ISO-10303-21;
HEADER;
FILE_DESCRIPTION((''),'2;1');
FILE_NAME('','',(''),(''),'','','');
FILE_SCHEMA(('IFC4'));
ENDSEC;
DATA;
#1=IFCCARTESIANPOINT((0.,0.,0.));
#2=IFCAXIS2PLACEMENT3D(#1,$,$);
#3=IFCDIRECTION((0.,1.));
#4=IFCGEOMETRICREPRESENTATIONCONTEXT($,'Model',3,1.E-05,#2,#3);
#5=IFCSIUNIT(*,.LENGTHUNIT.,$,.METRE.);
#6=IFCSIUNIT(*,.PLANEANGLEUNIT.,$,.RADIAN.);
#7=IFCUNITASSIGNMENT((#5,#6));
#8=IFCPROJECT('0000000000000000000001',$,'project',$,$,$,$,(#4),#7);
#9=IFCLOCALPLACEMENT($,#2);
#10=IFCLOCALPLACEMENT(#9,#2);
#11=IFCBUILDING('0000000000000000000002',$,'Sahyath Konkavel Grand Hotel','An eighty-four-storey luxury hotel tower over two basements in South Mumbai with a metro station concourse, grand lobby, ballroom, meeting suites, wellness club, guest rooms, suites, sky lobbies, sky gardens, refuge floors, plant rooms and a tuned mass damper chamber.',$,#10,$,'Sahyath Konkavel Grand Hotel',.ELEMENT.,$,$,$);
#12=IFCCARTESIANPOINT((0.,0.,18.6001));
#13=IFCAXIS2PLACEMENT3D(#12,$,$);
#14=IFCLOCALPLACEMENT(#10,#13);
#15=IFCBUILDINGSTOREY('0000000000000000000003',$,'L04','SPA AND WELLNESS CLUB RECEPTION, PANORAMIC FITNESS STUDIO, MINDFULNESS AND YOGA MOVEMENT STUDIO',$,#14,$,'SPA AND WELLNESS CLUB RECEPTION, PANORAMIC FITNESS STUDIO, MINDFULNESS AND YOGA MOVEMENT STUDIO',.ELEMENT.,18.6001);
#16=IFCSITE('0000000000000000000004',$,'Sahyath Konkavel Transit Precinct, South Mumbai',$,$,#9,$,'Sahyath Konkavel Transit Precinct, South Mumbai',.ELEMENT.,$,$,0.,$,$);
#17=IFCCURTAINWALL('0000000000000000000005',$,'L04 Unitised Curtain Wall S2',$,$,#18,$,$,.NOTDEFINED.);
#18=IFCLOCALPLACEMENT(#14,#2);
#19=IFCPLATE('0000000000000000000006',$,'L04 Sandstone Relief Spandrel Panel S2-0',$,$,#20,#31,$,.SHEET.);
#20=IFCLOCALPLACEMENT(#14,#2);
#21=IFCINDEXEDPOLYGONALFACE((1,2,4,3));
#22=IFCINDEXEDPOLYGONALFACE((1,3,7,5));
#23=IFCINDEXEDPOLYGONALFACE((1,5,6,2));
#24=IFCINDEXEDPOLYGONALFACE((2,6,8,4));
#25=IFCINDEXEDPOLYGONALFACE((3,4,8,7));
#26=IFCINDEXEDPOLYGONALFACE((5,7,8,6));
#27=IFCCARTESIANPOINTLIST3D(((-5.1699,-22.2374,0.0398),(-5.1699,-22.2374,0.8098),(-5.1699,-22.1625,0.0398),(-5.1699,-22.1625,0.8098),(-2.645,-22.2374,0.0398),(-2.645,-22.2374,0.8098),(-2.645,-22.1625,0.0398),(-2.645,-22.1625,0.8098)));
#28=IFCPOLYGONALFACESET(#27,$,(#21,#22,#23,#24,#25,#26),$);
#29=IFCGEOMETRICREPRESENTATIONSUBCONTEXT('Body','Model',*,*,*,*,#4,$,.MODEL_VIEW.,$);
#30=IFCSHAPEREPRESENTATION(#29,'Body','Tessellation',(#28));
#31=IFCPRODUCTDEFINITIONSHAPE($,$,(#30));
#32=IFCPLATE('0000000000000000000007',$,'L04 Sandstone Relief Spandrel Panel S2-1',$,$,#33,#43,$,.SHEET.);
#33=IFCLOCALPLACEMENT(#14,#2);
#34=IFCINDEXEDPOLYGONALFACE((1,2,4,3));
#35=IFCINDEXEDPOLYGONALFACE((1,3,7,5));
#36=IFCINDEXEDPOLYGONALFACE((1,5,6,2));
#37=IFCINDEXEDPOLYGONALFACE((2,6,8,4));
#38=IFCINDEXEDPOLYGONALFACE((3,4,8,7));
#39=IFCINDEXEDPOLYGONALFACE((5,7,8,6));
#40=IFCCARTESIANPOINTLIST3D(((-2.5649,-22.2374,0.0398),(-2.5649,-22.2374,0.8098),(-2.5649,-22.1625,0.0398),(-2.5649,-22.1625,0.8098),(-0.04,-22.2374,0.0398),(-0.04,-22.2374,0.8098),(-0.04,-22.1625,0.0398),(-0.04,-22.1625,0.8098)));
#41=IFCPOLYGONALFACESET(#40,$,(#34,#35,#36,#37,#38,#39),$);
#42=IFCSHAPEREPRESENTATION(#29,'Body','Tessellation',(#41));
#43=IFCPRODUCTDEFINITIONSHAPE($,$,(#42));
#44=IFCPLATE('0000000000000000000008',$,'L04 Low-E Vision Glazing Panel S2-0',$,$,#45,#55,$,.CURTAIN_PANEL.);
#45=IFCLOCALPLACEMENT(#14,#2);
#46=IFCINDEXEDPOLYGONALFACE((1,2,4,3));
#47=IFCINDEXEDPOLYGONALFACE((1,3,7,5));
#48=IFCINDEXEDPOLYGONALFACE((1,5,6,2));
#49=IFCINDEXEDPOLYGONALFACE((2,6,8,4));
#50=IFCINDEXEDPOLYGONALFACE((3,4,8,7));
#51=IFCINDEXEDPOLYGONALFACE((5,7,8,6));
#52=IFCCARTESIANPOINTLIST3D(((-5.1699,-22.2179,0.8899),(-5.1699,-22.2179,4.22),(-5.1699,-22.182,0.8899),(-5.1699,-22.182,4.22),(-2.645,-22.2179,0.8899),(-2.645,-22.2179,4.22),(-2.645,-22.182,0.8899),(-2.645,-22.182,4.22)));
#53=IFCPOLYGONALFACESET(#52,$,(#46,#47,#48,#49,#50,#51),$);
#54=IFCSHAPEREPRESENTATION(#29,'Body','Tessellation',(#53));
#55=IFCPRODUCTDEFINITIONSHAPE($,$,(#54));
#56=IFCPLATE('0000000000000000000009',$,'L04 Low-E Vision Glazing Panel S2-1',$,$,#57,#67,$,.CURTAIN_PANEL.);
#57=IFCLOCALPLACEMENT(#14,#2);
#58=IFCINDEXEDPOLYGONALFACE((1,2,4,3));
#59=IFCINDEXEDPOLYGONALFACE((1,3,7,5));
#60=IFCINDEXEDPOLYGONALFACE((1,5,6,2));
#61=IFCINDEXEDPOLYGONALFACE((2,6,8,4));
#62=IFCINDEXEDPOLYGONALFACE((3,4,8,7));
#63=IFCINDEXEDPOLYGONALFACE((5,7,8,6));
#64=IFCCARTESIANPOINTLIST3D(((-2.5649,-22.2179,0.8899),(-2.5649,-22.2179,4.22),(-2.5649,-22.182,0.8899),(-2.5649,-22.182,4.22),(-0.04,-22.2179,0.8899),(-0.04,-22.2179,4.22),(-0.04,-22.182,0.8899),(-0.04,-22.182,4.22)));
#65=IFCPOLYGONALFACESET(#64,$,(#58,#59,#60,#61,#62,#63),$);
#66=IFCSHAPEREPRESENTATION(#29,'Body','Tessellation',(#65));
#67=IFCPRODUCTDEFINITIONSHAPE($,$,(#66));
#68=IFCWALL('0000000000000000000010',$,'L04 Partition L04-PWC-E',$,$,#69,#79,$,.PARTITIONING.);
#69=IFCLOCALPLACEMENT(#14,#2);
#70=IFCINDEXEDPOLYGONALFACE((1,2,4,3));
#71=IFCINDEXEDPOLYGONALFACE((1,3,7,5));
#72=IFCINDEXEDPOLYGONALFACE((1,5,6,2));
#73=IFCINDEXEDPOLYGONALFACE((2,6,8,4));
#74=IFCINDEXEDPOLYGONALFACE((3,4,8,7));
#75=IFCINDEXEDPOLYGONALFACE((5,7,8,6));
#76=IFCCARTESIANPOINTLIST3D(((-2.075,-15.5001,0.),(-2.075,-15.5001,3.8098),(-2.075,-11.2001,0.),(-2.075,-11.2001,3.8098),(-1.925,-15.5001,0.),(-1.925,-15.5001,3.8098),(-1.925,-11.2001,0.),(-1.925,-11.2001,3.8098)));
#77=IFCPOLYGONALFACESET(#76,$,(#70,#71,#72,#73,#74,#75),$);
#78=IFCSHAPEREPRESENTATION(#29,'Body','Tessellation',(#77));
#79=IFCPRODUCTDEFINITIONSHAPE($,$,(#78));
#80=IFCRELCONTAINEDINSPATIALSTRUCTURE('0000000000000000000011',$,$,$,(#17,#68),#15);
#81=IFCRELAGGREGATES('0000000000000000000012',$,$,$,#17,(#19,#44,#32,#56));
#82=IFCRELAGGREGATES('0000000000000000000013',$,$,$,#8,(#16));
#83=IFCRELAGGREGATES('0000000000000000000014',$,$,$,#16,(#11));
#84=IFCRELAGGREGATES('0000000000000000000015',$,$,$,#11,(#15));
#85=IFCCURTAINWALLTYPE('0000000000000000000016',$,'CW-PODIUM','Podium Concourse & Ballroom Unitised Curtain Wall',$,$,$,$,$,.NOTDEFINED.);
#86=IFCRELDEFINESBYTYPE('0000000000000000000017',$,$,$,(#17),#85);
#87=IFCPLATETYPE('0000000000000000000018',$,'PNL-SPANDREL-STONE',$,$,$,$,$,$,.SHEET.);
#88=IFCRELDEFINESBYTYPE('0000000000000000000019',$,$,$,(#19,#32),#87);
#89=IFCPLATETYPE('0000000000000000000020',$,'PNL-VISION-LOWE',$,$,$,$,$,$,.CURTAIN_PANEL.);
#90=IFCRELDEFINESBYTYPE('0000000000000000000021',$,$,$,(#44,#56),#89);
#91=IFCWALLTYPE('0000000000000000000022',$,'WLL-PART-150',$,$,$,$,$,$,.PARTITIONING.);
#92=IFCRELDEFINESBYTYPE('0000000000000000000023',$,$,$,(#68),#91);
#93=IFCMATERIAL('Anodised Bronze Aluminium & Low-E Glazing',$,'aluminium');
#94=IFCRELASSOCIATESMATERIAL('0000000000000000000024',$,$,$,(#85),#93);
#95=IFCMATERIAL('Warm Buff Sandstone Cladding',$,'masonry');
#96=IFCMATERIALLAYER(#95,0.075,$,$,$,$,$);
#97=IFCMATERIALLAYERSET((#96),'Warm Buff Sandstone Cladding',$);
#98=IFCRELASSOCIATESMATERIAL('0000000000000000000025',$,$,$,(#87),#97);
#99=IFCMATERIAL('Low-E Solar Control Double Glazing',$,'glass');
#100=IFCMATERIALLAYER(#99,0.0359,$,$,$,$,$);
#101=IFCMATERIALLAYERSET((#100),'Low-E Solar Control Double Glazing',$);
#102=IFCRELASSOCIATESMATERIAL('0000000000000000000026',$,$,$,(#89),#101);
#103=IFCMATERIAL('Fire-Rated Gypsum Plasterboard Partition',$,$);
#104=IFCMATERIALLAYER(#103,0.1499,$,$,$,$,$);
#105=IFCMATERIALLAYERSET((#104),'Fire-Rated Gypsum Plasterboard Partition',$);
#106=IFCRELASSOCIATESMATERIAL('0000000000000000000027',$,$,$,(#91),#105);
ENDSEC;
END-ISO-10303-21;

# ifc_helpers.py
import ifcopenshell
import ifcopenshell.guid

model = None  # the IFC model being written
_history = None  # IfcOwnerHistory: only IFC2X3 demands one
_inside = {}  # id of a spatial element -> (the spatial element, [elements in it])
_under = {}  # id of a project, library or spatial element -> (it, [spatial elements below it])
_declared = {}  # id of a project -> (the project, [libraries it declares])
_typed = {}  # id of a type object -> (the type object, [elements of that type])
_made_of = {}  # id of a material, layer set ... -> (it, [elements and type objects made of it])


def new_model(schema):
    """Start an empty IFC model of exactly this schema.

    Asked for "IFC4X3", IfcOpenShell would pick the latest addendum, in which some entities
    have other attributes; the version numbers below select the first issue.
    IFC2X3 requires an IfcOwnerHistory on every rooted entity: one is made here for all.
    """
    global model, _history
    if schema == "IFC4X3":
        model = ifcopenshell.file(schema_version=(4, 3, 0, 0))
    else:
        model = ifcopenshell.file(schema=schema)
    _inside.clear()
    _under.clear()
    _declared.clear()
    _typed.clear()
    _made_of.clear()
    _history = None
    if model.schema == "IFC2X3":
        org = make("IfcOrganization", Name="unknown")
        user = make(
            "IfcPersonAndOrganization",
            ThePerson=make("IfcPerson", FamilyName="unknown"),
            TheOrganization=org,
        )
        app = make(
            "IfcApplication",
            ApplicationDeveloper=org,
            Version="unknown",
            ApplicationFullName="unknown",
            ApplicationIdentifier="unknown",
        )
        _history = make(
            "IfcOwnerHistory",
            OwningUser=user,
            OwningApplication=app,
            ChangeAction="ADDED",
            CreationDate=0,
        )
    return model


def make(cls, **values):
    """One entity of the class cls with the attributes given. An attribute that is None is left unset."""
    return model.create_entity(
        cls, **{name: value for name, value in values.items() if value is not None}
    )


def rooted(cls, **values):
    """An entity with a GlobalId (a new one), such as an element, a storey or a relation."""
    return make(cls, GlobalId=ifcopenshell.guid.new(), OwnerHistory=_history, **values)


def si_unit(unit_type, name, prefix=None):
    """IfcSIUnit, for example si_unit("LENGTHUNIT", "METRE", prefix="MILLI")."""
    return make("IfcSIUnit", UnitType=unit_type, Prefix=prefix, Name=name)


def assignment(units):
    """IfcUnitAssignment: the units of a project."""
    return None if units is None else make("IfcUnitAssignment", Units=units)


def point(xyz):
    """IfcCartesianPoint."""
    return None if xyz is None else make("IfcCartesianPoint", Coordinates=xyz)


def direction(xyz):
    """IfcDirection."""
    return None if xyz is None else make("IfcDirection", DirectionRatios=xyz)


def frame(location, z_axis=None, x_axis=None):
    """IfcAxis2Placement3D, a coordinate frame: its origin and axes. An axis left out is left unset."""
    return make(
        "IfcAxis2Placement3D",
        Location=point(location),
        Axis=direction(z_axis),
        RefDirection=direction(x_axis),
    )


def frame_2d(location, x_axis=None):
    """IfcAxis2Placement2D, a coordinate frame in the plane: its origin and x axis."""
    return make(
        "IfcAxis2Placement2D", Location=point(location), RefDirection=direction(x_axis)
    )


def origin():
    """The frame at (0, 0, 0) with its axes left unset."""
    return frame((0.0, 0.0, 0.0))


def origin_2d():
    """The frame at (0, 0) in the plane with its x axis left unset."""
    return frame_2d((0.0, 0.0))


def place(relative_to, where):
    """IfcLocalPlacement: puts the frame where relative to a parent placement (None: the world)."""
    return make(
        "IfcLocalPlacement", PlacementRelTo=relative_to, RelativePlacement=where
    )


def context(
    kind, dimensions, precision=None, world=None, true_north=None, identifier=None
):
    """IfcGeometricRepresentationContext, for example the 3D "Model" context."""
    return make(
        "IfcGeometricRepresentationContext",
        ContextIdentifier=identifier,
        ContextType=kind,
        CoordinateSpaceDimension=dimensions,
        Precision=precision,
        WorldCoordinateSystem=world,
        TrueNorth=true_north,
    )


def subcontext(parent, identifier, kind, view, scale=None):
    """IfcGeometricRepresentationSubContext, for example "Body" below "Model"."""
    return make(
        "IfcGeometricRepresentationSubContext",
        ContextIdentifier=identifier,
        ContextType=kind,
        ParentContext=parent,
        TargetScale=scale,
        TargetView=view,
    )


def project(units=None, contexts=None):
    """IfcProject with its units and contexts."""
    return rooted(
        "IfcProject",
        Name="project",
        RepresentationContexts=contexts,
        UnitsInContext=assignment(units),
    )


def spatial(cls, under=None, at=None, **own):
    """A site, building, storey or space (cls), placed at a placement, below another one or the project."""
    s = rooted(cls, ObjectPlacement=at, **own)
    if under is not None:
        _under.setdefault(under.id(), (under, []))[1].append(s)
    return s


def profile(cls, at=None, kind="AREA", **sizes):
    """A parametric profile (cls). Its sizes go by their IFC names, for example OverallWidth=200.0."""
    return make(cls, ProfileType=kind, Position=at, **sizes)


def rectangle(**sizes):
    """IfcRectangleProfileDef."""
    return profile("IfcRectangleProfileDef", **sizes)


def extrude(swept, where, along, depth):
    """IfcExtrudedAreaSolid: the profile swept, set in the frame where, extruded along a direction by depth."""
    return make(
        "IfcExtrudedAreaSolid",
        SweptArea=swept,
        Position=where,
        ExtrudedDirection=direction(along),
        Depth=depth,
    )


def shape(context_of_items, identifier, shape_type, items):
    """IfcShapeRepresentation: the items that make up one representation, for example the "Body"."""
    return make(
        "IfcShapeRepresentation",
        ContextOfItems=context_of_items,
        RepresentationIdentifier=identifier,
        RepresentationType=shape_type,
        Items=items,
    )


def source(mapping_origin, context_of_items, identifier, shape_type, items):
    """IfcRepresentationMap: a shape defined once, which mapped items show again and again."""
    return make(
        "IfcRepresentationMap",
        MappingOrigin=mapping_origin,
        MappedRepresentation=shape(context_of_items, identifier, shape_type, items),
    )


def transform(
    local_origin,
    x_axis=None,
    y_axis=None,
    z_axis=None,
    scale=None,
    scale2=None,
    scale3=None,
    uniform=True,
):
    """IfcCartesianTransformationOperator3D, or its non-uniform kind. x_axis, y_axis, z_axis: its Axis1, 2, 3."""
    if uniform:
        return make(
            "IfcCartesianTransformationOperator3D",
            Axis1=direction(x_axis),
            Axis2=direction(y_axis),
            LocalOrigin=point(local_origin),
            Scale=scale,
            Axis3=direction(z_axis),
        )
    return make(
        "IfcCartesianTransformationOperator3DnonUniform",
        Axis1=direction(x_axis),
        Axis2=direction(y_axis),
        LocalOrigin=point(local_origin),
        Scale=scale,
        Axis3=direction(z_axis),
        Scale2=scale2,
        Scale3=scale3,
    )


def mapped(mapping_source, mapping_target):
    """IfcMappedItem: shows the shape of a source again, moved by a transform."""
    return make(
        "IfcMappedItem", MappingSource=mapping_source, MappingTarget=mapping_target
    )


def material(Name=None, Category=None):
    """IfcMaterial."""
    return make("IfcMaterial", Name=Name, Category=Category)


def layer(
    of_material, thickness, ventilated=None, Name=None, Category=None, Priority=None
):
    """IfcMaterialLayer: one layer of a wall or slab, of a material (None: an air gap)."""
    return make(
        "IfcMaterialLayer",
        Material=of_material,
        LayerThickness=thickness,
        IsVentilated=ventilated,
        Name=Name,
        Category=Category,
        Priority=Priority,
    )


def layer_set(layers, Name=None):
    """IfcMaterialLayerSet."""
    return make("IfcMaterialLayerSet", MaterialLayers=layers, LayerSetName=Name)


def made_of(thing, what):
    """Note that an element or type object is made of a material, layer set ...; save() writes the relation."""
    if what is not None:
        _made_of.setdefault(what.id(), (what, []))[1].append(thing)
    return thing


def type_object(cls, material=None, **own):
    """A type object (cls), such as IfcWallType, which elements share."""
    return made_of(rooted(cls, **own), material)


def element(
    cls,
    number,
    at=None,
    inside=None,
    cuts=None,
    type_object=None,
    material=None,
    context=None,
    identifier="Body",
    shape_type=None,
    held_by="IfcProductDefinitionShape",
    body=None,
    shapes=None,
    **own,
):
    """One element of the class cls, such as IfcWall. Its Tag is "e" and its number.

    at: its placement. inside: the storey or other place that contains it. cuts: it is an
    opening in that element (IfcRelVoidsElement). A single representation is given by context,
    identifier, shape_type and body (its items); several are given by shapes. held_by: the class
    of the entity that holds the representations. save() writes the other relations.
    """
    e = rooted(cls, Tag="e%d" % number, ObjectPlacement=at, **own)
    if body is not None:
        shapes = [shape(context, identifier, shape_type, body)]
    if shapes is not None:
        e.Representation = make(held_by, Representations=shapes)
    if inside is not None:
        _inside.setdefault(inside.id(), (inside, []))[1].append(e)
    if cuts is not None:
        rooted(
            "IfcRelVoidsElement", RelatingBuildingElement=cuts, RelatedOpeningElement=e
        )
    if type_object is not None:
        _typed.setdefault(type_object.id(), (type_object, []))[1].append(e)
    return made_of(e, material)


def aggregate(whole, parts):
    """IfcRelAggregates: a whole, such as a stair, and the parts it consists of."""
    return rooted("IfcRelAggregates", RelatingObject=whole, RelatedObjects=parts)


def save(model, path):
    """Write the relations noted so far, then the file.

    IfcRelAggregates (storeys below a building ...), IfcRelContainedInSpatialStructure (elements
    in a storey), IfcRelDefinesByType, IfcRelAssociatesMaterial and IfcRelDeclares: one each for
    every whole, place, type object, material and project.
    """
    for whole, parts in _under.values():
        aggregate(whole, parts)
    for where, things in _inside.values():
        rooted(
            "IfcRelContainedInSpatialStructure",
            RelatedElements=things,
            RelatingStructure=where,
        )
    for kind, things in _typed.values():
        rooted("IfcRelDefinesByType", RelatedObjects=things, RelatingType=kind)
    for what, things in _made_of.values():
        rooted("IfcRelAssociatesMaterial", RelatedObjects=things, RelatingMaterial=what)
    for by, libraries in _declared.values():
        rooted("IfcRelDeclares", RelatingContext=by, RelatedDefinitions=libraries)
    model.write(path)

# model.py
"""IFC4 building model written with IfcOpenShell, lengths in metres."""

from ifc_helpers import new_model, si_unit, direction, frame, frame_2d, origin, origin_2d, place, context, subcontext, project, spatial, rectangle, extrude, source, transform, mapped, material, layer, layer_set, type_object, element, aggregate, save


model = new_model("IFC4")

# Units and contexts
model_context = context("Model", 3, precision=1e-05, world=origin(), true_north=direction((0.0, 1.0)))
body_context = subcontext(model_context, "Body", "Model", "MODEL_VIEW")
ifc_project = project(units=[si_unit("LENGTHUNIT", "METRE"), si_unit("PLANEANGLEUNIT", "RADIAN")], contexts=[model_context])

# Site, building, storey
site_placement = place(None, origin())
site = spatial("IfcSite", under=ifc_project, at=site_placement, Name="Sahyath Konkavel Transit Precinct, South Mumbai", LongName="Sahyath Konkavel Transit Precinct, South Mumbai", CompositionType="ELEMENT", RefElevation=0.0)
building_placement = place(site_placement, origin())
building = spatial("IfcBuilding", under=site, at=building_placement, Name="Sahyath Konkavel Grand Hotel", Description="An eighty-four-storey luxury hotel tower over two basements in South Mumbai with a metro station concourse, grand lobby, ballroom, meeting suites, wellness club, guest rooms, suites, sky lobbies, sky gardens, refuge floors, plant rooms and a tuned mass damper chamber.", LongName="Sahyath Konkavel Grand Hotel", CompositionType="ELEMENT")
storey_placement = place(building_placement, frame((0.0, 0.0, 18.6001)))
storey = spatial("IfcBuildingStorey", under=building, at=storey_placement, Name="L04", Description="SPA AND WELLNESS CLUB RECEPTION, PANORAMIC FITNESS STUDIO, MINDFULNESS AND YOGA MOVEMENT STUDIO", LongName="SPA AND WELLNESS CLUB RECEPTION, PANORAMIC FITNESS STUDIO, MINDFULNESS AND YOGA MOVEMENT STUDIO", CompositionType="ELEMENT", Elevation=18.6001)

# Curtain wall
ifc_material_1 = material(Name="Anodised Bronze Aluminium & Low-E Glazing", Category="aluminium")
curtain_wall_type = type_object("IfcCurtainWallType", Name="CW-PODIUM", Description="Podium Concourse & Ballroom Unitised Curtain Wall", PredefinedType="NOTDEFINED", material=ifc_material_1)
curtain_wall_placement = place(storey_placement, origin())
curtain_wall = element("IfcCurtainWall", 1, at=curtain_wall_placement, inside=storey, type_object=curtain_wall_type, Name="L04 Unitised Curtain Wall S2", PredefinedType="NOTDEFINED")

# Plates
ifc_material_2 = material(Name="Warm Buff Sandstone Cladding", Category="masonry")
ifc_layer_1 = layer(ifc_material_2, 0.075)
ifc_layer_set_1 = layer_set([ifc_layer_1], Name="Warm Buff Sandstone Cladding")
plate_type_1 = type_object("IfcPlateType", Name="PNL-SPANDREL-STONE", PredefinedType="SHEET", material=ifc_layer_set_1)
shared_shape_1 = source(origin(), body_context, "Body", "SweptSolid", [
    extrude(rectangle(XDim=2.5249, YDim=0.075, at=origin_2d()), origin(), (0.0, 0.0, 1.0), 0.77),
])
plate_1_placement = place(storey_placement, frame((-3.9075, -22.2, 0.0398), z_axis=(0.0, 0.0, 1.0), x_axis=(1.0, 0.0, 0.0)))
plate_1 = element("IfcPlate", 2, at=plate_1_placement, type_object=plate_type_1, Name="L04 Sandstone Relief Spandrel Panel S2-0", PredefinedType="SHEET", context=body_context, shape_type="MappedRepresentation", body=[
    mapped(shared_shape_1, transform((0.0, 0.0, 0.0), scale=1.0)),
])
plate_2_placement = place(storey_placement, frame((-1.3025, -22.2, 0.0398), z_axis=(0.0, 0.0, 1.0), x_axis=(1.0, 0.0, 0.0)))
plate_2 = element("IfcPlate", 3, at=plate_2_placement, type_object=plate_type_1, Name="L04 Sandstone Relief Spandrel Panel S2-1", PredefinedType="SHEET", context=body_context, shape_type="MappedRepresentation", body=[
    mapped(shared_shape_1, transform((0.0, 0.0, 0.0), scale=1.0)),
])
ifc_material_3 = material(Name="Low-E Solar Control Double Glazing", Category="glass")
ifc_layer_2 = layer(ifc_material_3, 0.0359)
ifc_layer_set_2 = layer_set([ifc_layer_2], Name="Low-E Solar Control Double Glazing")
plate_type_2 = type_object("IfcPlateType", Name="PNL-VISION-LOWE", PredefinedType="CURTAIN_PANEL", material=ifc_layer_set_2)
shared_shape_2 = source(origin(), body_context, "Body", "SweptSolid", [
    extrude(rectangle(XDim=2.5249, YDim=0.0359, at=origin_2d()), origin(), (0.0, 0.0, 1.0), 3.3301),
])
plate_3_placement = place(storey_placement, frame((-3.9075, -22.2, 0.8899), z_axis=(0.0, 0.0, 1.0), x_axis=(1.0, 0.0, 0.0)))
plate_3 = element("IfcPlate", 4, at=plate_3_placement, type_object=plate_type_2, Name="L04 Low-E Vision Glazing Panel S2-0", PredefinedType="CURTAIN_PANEL", context=body_context, shape_type="MappedRepresentation", body=[
    mapped(shared_shape_2, transform((0.0, 0.0, 0.0), scale=1.0)),
])
plate_4_placement = place(storey_placement, frame((-1.3025, -22.2, 0.8899), z_axis=(0.0, 0.0, 1.0), x_axis=(1.0, 0.0, 0.0)))
plate_4 = element("IfcPlate", 5, at=plate_4_placement, type_object=plate_type_2, Name="L04 Low-E Vision Glazing Panel S2-1", PredefinedType="CURTAIN_PANEL", context=body_context, shape_type="MappedRepresentation", body=[
    mapped(shared_shape_2, transform((0.0, 0.0, 0.0), scale=1.0)),
])
aggregate(curtain_wall, [plate_1, plate_3, plate_2, plate_4])

# Wall
ifc_material_4 = material(Name="Fire-Rated Gypsum Plasterboard Partition")
ifc_layer_3 = layer(ifc_material_4, 0.1499)
ifc_layer_set_3 = layer_set([ifc_layer_3], Name="Fire-Rated Gypsum Plasterboard Partition")
wall_type = type_object("IfcWallType", Name="WLL-PART-150", PredefinedType="PARTITIONING", material=ifc_layer_set_3)
wall_placement = place(storey_placement, frame((-2.0, -15.5, 0.0), z_axis=(0.0, 0.0, 1.0), x_axis=(0.0, 1.0, 0.0)))
element("IfcWall", 6, at=wall_placement, inside=storey, type_object=wall_type, Name="L04 Partition L04-PWC-E", PredefinedType="PARTITIONING", context=body_context, shape_type="SweptSolid", body=[
    extrude(rectangle(XDim=4.3, YDim=0.1499, at=frame_2d((2.1499, 0.0))), origin(), (0.0, 0.0, 1.0), 3.8098),
])

save(model, "model.ifc")
